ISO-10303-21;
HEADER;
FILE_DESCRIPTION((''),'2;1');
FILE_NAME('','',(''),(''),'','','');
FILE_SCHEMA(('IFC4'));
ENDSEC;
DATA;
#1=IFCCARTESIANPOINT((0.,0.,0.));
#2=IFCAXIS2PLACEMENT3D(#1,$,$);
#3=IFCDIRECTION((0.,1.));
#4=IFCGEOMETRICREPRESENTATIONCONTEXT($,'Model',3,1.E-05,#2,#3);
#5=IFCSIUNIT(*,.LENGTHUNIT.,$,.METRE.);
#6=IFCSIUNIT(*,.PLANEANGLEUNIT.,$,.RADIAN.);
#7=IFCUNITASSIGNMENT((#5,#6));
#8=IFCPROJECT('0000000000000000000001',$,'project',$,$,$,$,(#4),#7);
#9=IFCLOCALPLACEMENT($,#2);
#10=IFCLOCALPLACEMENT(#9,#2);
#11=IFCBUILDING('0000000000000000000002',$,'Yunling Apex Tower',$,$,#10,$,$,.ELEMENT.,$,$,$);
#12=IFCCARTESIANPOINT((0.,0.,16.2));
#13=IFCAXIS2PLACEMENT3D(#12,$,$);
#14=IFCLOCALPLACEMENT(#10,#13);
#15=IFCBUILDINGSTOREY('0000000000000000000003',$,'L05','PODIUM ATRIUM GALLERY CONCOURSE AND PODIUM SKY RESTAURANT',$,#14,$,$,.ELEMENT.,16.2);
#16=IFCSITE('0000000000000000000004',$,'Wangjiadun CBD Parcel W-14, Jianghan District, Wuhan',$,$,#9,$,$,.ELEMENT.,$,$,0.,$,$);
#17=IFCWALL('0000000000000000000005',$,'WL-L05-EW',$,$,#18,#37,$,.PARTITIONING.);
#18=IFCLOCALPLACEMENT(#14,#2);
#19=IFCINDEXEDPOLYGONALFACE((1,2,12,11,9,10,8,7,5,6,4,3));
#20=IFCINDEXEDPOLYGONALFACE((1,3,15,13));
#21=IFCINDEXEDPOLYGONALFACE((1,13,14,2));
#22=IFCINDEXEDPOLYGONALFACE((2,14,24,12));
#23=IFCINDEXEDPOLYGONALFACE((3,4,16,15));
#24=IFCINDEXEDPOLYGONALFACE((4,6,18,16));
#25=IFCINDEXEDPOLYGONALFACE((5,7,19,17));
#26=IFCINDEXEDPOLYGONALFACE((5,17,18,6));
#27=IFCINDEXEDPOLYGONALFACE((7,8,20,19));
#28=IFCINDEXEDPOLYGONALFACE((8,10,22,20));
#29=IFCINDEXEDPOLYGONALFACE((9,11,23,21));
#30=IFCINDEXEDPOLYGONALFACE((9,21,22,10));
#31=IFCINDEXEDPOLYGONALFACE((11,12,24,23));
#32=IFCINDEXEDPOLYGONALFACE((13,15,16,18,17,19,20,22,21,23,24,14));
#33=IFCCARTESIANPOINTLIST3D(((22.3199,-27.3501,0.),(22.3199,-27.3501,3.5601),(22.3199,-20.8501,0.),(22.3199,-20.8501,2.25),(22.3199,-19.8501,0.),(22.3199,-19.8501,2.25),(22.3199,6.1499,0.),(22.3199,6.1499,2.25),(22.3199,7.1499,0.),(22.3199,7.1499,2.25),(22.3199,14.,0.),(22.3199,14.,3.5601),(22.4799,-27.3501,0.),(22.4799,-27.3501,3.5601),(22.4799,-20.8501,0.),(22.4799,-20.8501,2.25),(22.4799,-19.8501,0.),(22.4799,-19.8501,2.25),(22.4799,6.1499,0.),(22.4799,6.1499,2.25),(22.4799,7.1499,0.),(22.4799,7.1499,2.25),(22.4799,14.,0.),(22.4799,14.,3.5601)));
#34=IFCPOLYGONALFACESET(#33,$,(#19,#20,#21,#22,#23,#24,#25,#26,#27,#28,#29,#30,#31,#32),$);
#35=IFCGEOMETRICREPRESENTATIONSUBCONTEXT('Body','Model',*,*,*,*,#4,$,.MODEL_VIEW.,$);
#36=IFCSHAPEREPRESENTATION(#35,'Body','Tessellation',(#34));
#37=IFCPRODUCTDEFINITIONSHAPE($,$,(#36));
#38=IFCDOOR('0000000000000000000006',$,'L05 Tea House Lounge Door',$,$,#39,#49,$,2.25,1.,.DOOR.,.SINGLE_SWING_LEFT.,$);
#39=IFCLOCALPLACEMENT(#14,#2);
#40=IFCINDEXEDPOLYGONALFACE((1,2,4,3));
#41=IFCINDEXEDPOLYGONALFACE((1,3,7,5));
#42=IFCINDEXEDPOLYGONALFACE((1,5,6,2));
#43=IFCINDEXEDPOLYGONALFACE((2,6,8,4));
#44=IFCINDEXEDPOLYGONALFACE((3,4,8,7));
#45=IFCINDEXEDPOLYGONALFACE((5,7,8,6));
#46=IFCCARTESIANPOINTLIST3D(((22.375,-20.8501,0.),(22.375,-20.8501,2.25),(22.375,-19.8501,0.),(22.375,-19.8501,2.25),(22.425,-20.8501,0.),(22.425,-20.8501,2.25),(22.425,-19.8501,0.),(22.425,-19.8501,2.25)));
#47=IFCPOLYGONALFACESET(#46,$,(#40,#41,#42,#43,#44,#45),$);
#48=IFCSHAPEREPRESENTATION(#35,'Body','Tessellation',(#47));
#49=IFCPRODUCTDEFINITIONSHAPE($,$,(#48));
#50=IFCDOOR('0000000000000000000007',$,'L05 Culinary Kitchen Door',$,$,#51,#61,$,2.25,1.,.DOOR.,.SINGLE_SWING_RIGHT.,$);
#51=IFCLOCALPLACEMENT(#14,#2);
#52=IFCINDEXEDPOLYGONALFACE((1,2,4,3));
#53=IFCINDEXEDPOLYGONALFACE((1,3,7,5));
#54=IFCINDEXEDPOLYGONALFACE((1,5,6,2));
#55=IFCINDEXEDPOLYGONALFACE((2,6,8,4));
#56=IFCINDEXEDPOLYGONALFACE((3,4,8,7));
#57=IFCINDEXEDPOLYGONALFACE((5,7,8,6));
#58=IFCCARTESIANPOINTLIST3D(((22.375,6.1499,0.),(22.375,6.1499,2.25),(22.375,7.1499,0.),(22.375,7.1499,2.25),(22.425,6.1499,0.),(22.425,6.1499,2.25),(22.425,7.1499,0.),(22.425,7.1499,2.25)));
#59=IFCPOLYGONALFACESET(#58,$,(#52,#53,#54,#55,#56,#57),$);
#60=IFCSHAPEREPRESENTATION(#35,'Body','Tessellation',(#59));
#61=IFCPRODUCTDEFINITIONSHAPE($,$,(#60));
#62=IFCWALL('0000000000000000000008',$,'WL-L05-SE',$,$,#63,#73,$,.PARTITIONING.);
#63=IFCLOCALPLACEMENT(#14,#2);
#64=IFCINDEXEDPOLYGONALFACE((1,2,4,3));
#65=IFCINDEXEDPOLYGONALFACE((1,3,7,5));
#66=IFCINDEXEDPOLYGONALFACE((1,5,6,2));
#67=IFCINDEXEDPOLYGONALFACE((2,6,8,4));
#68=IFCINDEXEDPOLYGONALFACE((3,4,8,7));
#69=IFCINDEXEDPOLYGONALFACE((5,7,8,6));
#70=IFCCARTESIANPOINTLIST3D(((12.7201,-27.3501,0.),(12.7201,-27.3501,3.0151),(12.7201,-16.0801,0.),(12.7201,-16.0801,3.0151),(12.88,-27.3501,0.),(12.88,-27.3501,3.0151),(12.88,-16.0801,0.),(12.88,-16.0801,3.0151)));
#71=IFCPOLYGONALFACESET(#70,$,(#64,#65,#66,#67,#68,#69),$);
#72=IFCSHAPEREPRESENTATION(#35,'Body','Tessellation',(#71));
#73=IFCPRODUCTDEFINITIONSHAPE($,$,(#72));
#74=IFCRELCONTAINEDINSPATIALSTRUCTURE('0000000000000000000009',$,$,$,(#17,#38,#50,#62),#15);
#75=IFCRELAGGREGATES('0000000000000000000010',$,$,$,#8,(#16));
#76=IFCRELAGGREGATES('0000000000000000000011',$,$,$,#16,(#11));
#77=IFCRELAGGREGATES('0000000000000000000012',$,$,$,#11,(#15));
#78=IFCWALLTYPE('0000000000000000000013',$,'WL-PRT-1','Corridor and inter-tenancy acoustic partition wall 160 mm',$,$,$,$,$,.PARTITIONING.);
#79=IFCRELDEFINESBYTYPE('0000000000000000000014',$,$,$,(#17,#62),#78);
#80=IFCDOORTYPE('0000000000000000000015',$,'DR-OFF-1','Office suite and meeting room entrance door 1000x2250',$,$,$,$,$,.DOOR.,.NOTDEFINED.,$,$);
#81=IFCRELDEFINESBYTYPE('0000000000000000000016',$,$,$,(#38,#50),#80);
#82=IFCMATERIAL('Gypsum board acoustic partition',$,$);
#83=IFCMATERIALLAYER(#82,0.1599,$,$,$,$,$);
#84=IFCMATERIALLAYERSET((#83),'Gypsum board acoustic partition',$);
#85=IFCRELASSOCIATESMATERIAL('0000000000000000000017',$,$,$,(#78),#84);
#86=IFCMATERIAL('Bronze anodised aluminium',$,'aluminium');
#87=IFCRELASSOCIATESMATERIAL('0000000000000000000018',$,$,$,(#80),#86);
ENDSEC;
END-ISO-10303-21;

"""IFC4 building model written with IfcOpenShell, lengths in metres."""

from ifc_helpers import new_model, si_unit, direction, frame, frame_2d, origin, place, context, subcontext, project, spatial, rectangle, extrude, material, layer, layer_set, type_object, element, fill, save


model = new_model("IFC4")

# Units and contexts
model_context = context("Model", 3, precision=1e-05, world=origin(), true_north=direction((0.0, 1.0)))
body_context = subcontext(model_context, "Body", "Model", "MODEL_VIEW")
ifc_project = project(units=[si_unit("LENGTHUNIT", "METRE"), si_unit("PLANEANGLEUNIT", "RADIAN")], contexts=[model_context])

# Site, building, storey
site_placement = place(None, origin())
site = spatial("IfcSite", under=ifc_project, at=site_placement, Name="Wangjiadun CBD Parcel W-14, Jianghan District, Wuhan", CompositionType="ELEMENT", RefElevation=0.0)
building_placement = place(site_placement, origin())
building = spatial("IfcBuilding", under=site, at=building_placement, Name="Yunling Apex Tower", CompositionType="ELEMENT")
storey_placement = place(building_placement, frame((0.0, 0.0, 16.2)))
storey = spatial("IfcBuildingStorey", under=building, at=storey_placement, Name="L05", Description="PODIUM ATRIUM GALLERY CONCOURSE AND PODIUM SKY RESTAURANT", CompositionType="ELEMENT", Elevation=16.2)

# Wall, openings, doors
ifc_material_1 = material(Name="Gypsum board acoustic partition")
ifc_layer_1 = layer(ifc_material_1, 0.1599)
ifc_layer_set_1 = layer_set([ifc_layer_1], Name="Gypsum board acoustic partition")
wall_type_1 = type_object("IfcWallType", Name="WL-PRT-1", Description="Corridor and inter-tenancy acoustic partition wall 160 mm", PredefinedType="PARTITIONING", material=ifc_layer_set_1)
wall_1_placement = place(storey_placement, frame((22.3999, -27.3501, 0.0), z_axis=(0.0, 0.0, 1.0), x_axis=(0.0, 1.0, 0.0)))
wall_1 = element("IfcWall", 1, at=wall_1_placement, inside=storey, type_object=wall_type_1, Name="WL-L05-EW", PredefinedType="PARTITIONING", context=body_context, shape_type="SweptSolid", body=[
    extrude(rectangle(XDim=41.3501, YDim=0.1599, at=frame_2d((20.675, 0.0))), origin(), (0.0, 0.0, 1.0), 3.5601),
])
opening_1_placement = place(wall_1_placement, frame((6.5, 0.0, 0.0)))
opening_1 = element("IfcOpeningElement", 2, at=opening_1_placement, cuts=wall_1, PredefinedType="OPENING", context=body_context, shape_type="SweptSolid", body=[
    extrude(rectangle(XDim=1.0, YDim=2.25, at=frame_2d((0.5, 1.125))), frame((0.0, 0.0898, 0.0), z_axis=(0.0, -1.0, 0.0), x_axis=(1.0, 0.0, 0.0)), (0.0, 0.0, 1.0), 0.1799),
])
opening_2_placement = place(wall_1_placement, frame((33.5, 0.0, 0.0)))
opening_2 = element("IfcOpeningElement", 3, at=opening_2_placement, cuts=wall_1, PredefinedType="OPENING", context=body_context, shape_type="SweptSolid", body=[
    extrude(rectangle(XDim=1.0, YDim=2.25, at=frame_2d((0.5, 1.125))), frame((0.0, 0.0898, 0.0), z_axis=(0.0, -1.0, 0.0), x_axis=(1.0, 0.0, 0.0)), (0.0, 0.0, 1.0), 0.1799),
])
ifc_material_2 = material(Name="Bronze anodised aluminium", Category="aluminium")
door_type = type_object("IfcDoorType", Name="DR-OFF-1", Description="Office suite and meeting room entrance door 1000x2250", OperationType="NOTDEFINED", PredefinedType="DOOR", material=ifc_material_2)
door_1_placement = place(opening_1_placement, origin())
door_1 = element("IfcDoor", 4, at=door_1_placement, inside=storey, type_object=door_type, Name="L05 Tea House Lounge Door", OperationType="SINGLE_SWING_LEFT", OverallHeight=2.25, OverallWidth=1.0, PredefinedType="DOOR", context=body_context, shape_type="SweptSolid", body=[
    extrude(rectangle(XDim=1.0, YDim=2.25, at=frame_2d((0.5, 1.125))), frame((0.0, 0.0249, 0.0), z_axis=(0.0, -1.0, 0.0), x_axis=(1.0, 0.0, 0.0)), (0.0, 0.0, 1.0), 0.05),
])
fill(opening_1, door_1)
door_2_placement = place(opening_2_placement, origin())
door_2 = element("IfcDoor", 5, at=door_2_placement, inside=storey, type_object=door_type, Name="L05 Culinary Kitchen Door", OperationType="SINGLE_SWING_RIGHT", OverallHeight=2.25, OverallWidth=1.0, PredefinedType="DOOR", context=body_context, shape_type="SweptSolid", body=[
    extrude(rectangle(XDim=1.0, YDim=2.25, at=frame_2d((0.5, 1.125))), frame((0.0, 0.0249, 0.0), z_axis=(0.0, -1.0, 0.0), x_axis=(1.0, 0.0, 0.0)), (0.0, 0.0, 1.0), 0.05),
])
fill(opening_2, door_2)

# Wall
wall_2_placement = place(storey_placement, frame((12.8, -27.3501, 0.0), z_axis=(0.0, 0.0, 1.0), x_axis=(0.0, 1.0, 0.0)))
element("IfcWall", 6, at=wall_2_placement, inside=storey, type_object=wall_type_1, Name="WL-L05-SE", PredefinedType="PARTITIONING", context=body_context, shape_type="SweptSolid", body=[
    extrude(rectangle(XDim=11.27, YDim=0.1599, at=frame_2d((5.635, 0.0))), origin(), (0.0, 0.0, 1.0), 3.0151),
])

save(model, "model.ifc")
